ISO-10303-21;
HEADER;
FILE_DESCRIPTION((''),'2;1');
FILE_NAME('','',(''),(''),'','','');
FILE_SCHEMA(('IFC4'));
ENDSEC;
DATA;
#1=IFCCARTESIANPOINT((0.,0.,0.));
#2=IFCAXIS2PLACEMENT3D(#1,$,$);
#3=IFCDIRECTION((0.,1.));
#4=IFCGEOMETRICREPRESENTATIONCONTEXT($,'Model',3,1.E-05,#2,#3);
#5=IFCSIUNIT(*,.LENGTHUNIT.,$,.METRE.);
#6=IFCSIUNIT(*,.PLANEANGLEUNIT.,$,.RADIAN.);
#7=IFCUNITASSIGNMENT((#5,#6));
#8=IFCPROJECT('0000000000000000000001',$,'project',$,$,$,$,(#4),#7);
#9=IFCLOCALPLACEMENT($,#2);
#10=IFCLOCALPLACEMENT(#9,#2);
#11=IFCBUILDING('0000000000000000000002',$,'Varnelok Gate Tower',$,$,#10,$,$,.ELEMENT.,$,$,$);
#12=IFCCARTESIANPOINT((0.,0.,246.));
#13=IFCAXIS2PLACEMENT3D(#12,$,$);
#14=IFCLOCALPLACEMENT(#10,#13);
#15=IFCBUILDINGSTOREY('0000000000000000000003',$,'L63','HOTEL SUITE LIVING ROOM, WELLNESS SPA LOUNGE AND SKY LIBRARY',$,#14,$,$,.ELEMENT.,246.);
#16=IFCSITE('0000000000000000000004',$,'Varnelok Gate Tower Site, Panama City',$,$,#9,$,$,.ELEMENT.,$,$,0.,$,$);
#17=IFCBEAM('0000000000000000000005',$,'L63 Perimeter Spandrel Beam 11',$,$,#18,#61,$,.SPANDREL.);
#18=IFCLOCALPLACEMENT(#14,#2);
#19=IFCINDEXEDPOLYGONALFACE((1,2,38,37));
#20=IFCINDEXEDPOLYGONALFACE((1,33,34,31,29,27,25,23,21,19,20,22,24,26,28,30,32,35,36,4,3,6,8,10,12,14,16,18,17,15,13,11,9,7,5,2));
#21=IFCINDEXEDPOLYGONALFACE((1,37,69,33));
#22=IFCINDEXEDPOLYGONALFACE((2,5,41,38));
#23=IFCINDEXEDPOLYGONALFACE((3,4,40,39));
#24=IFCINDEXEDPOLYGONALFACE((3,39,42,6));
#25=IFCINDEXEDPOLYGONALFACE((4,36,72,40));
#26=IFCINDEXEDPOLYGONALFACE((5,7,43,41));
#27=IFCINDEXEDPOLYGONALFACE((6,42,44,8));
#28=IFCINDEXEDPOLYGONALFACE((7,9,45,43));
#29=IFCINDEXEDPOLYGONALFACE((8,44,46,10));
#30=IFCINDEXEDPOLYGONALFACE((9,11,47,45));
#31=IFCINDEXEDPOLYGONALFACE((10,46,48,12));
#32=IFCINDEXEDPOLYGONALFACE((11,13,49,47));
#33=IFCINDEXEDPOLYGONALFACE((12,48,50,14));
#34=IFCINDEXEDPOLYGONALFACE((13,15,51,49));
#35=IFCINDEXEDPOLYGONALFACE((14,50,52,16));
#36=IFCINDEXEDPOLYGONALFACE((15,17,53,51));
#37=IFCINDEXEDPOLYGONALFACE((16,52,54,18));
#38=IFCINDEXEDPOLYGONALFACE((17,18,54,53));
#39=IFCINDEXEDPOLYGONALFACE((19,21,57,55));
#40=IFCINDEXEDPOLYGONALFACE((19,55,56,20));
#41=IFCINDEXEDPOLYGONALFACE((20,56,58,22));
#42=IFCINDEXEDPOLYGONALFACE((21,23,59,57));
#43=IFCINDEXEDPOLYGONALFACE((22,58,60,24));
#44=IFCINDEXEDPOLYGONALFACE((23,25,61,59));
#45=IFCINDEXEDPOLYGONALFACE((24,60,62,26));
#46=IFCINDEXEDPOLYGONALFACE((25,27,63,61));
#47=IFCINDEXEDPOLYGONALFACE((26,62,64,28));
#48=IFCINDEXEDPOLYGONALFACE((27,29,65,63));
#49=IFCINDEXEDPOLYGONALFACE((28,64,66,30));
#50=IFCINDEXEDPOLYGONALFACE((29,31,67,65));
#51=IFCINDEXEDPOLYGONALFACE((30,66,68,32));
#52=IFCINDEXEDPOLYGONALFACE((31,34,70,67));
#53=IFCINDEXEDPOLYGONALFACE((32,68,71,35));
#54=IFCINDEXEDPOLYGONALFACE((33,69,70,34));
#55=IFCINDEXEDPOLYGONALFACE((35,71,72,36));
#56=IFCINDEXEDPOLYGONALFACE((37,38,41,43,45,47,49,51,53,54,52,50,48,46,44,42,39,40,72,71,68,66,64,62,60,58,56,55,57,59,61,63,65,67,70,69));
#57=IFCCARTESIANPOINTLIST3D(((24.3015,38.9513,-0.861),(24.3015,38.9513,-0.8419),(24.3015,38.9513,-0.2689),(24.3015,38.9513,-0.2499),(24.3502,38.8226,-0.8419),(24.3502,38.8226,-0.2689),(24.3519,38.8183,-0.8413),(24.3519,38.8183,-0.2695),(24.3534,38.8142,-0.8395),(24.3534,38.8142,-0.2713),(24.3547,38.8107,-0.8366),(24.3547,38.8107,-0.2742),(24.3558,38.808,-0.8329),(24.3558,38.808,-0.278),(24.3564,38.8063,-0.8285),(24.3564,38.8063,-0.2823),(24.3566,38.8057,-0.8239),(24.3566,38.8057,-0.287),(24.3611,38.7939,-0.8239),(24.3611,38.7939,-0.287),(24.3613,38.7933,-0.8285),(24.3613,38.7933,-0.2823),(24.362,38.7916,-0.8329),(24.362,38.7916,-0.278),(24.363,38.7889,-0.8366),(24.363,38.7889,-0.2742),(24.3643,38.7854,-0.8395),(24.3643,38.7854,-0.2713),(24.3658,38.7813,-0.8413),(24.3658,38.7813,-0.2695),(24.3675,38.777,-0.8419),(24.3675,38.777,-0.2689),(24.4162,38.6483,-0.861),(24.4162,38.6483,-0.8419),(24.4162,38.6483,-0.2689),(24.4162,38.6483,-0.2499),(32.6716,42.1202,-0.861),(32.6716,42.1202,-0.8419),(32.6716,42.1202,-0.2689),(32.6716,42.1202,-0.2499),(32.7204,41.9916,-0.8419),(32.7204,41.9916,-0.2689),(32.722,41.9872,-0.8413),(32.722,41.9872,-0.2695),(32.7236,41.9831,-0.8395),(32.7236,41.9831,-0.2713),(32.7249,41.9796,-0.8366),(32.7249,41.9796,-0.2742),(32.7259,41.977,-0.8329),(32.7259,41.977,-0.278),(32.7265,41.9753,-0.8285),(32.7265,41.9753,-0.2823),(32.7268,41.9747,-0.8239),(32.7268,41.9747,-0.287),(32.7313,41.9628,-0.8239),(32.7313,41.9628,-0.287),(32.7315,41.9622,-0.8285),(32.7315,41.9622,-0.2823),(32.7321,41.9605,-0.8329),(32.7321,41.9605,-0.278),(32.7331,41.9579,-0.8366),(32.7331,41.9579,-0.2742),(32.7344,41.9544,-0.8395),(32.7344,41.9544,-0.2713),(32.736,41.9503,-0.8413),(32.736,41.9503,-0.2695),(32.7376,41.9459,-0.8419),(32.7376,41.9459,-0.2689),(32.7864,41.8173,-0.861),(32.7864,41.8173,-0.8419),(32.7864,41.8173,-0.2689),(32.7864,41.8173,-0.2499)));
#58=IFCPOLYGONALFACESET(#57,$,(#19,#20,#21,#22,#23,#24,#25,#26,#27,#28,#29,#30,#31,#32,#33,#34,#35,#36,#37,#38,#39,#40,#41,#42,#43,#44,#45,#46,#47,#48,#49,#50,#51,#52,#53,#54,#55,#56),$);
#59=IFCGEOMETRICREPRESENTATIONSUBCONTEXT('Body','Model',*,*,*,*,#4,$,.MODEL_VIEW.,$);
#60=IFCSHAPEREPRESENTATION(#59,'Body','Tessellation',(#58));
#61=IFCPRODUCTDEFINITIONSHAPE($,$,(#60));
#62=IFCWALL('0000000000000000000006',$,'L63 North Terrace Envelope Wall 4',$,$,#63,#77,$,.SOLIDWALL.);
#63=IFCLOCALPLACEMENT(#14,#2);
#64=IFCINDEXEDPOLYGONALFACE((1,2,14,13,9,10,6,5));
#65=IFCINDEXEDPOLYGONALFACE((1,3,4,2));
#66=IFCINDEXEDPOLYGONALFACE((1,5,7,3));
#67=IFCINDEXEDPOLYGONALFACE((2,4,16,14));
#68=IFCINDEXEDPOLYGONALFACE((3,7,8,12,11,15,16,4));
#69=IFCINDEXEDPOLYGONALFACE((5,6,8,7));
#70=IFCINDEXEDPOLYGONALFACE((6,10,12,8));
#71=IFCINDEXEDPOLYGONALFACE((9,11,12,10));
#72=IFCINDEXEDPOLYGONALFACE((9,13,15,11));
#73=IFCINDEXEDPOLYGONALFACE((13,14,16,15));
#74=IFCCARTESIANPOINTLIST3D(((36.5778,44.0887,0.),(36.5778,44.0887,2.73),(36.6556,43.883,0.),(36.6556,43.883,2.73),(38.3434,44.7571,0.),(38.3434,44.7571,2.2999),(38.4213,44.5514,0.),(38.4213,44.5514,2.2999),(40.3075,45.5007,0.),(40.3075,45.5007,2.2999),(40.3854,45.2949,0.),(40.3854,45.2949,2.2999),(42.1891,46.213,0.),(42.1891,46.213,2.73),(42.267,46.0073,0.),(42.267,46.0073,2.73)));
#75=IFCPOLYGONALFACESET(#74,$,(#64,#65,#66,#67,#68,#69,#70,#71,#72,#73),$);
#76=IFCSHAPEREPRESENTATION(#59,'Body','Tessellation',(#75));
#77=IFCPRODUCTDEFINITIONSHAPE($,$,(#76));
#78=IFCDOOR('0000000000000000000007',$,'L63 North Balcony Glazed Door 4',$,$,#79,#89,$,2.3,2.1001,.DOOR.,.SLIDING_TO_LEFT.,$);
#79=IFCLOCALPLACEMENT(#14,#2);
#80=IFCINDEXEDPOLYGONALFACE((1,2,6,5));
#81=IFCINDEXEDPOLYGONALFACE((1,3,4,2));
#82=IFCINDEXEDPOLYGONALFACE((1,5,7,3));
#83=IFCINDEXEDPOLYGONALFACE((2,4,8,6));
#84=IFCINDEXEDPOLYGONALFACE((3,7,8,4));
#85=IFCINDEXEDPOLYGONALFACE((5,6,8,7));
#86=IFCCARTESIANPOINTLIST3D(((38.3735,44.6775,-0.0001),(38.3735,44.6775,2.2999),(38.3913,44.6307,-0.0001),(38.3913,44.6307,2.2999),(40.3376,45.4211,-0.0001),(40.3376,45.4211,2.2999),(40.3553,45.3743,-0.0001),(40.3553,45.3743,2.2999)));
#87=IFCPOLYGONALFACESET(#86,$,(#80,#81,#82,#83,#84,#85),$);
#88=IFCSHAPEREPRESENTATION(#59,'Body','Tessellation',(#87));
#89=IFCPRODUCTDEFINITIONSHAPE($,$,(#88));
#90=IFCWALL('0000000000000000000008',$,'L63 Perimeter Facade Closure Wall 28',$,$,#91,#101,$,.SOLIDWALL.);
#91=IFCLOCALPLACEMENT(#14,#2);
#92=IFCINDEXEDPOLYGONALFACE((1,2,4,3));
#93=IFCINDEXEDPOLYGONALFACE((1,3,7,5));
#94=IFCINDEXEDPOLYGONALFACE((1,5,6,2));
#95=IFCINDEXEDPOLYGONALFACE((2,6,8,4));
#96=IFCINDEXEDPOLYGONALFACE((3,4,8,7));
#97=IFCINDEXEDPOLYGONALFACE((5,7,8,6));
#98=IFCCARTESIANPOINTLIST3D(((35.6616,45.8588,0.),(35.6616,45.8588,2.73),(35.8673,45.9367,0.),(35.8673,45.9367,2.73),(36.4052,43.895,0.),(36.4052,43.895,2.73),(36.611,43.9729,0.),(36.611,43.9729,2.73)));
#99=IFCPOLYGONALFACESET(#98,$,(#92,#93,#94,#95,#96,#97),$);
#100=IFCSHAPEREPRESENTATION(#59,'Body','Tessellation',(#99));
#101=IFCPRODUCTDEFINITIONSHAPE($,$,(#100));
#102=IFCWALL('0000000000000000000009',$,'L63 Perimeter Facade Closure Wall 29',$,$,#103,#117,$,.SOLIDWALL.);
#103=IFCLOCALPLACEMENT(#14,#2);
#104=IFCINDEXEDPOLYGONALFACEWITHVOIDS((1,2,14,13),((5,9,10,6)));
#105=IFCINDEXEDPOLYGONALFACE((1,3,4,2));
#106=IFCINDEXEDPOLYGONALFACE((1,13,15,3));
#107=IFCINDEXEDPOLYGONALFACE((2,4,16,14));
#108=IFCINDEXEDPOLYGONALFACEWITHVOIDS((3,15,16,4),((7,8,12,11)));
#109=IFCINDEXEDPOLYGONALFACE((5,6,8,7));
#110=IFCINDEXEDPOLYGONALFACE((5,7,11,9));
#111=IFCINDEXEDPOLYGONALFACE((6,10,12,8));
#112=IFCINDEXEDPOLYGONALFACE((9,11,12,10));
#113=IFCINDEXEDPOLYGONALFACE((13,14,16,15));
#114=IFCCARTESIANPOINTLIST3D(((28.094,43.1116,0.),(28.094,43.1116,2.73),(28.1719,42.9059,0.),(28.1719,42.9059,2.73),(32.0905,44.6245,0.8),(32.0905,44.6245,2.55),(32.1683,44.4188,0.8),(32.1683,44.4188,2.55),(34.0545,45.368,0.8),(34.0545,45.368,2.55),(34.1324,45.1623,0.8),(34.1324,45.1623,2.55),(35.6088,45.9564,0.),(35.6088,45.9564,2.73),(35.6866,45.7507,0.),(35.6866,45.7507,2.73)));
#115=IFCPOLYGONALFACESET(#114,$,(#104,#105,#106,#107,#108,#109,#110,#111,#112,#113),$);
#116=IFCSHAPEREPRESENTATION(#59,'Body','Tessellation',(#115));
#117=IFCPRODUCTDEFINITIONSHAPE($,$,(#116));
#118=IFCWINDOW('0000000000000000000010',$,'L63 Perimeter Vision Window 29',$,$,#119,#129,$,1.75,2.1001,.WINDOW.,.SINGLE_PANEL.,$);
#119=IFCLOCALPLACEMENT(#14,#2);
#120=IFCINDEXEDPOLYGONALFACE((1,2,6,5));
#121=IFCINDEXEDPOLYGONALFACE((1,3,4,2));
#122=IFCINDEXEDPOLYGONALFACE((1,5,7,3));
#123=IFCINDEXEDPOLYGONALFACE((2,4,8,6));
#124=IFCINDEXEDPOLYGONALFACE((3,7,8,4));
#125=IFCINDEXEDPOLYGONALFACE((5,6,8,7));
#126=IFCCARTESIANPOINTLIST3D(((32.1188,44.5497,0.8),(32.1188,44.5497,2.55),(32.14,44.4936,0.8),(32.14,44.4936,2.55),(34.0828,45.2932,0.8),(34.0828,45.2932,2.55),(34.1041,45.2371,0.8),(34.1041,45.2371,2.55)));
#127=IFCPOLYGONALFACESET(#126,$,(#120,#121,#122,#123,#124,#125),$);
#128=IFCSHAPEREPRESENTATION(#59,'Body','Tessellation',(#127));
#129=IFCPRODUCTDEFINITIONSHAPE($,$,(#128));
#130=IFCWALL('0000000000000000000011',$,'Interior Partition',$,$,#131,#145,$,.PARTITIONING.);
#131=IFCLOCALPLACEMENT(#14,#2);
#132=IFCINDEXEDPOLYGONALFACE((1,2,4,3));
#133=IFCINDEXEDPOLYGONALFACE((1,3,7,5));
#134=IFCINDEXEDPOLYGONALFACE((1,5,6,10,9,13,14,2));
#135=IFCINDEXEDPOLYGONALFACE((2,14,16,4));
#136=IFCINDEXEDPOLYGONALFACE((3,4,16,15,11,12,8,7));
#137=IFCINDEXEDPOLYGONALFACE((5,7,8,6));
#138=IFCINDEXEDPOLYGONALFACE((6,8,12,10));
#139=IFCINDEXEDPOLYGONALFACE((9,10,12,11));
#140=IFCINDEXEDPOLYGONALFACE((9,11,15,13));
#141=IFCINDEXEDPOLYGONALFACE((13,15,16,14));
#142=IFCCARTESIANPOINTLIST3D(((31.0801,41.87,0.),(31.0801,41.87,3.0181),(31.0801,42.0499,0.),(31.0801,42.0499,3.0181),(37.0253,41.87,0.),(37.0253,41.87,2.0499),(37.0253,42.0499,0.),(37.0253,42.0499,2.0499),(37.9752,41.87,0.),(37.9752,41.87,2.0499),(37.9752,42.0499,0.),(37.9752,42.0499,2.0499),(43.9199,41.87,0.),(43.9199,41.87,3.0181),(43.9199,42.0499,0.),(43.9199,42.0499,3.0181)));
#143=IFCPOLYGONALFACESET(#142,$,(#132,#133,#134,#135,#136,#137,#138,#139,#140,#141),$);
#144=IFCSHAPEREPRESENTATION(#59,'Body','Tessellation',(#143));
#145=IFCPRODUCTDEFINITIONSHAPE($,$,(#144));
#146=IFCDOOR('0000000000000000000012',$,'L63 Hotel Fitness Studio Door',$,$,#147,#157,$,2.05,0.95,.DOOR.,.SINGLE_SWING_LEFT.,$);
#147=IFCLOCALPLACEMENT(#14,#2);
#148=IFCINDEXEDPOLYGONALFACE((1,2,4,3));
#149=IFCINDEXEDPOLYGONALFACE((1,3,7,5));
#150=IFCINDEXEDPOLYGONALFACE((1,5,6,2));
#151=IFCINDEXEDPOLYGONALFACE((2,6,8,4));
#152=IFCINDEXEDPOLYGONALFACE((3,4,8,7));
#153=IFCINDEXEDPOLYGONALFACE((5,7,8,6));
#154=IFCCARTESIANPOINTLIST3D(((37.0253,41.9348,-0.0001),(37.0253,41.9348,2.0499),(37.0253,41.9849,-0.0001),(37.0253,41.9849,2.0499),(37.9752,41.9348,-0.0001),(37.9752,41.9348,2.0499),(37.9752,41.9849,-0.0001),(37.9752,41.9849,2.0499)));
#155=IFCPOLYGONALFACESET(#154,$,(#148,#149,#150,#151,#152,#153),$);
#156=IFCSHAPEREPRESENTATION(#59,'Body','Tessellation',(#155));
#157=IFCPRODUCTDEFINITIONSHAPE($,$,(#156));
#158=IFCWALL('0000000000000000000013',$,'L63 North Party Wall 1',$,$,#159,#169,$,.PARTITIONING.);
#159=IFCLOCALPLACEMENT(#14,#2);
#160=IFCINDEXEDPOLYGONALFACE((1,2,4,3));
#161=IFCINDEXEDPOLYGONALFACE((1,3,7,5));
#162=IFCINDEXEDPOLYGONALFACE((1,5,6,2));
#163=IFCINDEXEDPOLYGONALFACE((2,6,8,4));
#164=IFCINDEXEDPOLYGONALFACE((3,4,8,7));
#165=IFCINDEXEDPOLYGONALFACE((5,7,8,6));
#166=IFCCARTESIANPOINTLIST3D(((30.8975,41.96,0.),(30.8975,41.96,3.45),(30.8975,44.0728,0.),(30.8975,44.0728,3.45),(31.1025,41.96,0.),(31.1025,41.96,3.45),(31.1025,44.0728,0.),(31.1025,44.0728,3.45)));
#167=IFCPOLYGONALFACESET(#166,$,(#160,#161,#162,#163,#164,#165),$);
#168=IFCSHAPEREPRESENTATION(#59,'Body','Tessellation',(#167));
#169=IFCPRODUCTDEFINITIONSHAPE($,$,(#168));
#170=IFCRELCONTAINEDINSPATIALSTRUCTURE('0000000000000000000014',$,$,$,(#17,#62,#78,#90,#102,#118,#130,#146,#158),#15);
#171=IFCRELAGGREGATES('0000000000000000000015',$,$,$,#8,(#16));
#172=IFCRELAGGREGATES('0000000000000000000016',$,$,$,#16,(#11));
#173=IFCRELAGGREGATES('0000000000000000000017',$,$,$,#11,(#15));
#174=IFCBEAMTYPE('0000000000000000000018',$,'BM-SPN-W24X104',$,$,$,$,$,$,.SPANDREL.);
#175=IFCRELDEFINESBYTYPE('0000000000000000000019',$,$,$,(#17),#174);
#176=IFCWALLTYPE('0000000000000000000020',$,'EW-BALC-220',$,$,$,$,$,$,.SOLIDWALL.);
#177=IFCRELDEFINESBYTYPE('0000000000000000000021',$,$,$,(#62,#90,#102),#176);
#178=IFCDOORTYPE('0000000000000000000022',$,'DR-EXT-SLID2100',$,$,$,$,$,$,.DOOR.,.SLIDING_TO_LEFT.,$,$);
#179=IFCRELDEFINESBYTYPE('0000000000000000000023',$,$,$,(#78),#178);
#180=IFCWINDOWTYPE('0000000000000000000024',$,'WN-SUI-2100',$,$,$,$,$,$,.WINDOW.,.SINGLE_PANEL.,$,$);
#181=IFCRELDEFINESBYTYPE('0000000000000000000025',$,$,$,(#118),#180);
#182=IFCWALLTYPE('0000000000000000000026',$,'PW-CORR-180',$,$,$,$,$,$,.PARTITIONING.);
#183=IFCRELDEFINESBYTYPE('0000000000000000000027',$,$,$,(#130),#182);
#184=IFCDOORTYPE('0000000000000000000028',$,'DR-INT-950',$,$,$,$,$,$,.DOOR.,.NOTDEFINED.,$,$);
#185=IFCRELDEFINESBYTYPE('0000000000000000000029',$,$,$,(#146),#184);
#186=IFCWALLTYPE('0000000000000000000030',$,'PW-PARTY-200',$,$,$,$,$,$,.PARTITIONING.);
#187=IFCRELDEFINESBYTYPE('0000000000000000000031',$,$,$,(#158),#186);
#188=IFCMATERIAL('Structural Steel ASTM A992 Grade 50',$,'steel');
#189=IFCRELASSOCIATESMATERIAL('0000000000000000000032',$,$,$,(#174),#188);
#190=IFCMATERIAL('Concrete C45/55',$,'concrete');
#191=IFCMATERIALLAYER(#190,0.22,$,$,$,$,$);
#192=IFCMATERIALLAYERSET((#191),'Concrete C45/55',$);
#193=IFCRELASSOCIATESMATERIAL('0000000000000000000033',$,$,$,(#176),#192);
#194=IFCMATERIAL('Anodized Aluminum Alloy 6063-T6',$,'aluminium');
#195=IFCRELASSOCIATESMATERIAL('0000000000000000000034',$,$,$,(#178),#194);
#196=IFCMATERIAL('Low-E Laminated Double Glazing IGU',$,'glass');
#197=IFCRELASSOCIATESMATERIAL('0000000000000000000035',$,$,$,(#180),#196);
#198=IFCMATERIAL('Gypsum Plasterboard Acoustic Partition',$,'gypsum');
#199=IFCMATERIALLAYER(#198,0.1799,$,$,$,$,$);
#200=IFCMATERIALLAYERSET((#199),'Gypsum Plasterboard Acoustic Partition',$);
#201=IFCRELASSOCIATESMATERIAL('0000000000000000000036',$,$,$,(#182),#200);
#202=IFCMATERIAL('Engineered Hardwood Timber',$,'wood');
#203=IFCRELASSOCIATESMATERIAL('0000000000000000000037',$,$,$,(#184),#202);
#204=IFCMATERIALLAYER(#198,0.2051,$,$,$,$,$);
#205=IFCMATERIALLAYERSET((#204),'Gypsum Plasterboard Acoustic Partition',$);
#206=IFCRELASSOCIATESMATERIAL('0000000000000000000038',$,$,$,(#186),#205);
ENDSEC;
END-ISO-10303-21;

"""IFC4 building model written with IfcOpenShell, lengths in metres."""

from ifc_helpers import new_model, si_unit, direction, frame, frame_2d, origin, origin_2d, place, context, subcontext, project, spatial, rectangle, i_section, extrude, material, layer, layer_set, material_profile, profile_set, type_object, element, fill, save


model = new_model("IFC4")

# Units and contexts
model_context = context("Model", 3, precision=1e-05, world=origin(), true_north=direction((0.0, 1.0)))
body_context = subcontext(model_context, "Body", "Model", "MODEL_VIEW")
ifc_project = project(units=[si_unit("LENGTHUNIT", "METRE"), si_unit("PLANEANGLEUNIT", "RADIAN")], contexts=[model_context])

# Site, building, storey
site_placement = place(None, origin())
site = spatial("IfcSite", under=ifc_project, at=site_placement, Name="Varnelok Gate Tower Site, Panama City", CompositionType="ELEMENT", RefElevation=0.0)
building_placement = place(site_placement, origin())
building = spatial("IfcBuilding", under=site, at=building_placement, Name="Varnelok Gate Tower", CompositionType="ELEMENT")
storey_placement = place(building_placement, frame((0.0, 0.0, 246.0)))
storey = spatial("IfcBuildingStorey", under=building, at=storey_placement, Name="L63", Description="HOTEL SUITE LIVING ROOM, WELLNESS SPA LOUNGE AND SKY LIBRARY", CompositionType="ELEMENT", Elevation=246.0)

# Shared definitions
ifc_material_1 = material(Name="Structural Steel ASTM A992 Grade 50", Category="steel")

# Beam
ifc_material_profile_1 = material_profile(ifc_material_1, i_section(OverallWidth=0.324, OverallDepth=0.6111, WebThickness=0.0127, FlangeThickness=0.019, FilletRadius=0.0181, at=origin_2d()), Name="W24X104")
ifc_profile_set_1 = profile_set([ifc_material_profile_1], Name="Structural Steel ASTM A992 Grade 50")
beam_type_1 = type_object("IfcBeamType", Name="BM-SPN-W24X104", PredefinedType="SPANDREL", material=ifc_profile_set_1)
beam_1_placement = place(storey_placement, frame((32.729, 41.9688, -0.5554), z_axis=(-0.935217, -0.354075, 0.0), x_axis=(0.354075, -0.935217, 0.0)))
element("IfcBeam", 1, at=beam_1_placement, inside=storey, type_object=beam_type_1, Name="L63 Perimeter Spandrel Beam 11", PredefinedType="SPANDREL", context=body_context, shape_type="SweptSolid", body=[
    extrude(i_section(OverallWidth=0.324, OverallDepth=0.6111, WebThickness=0.0127, FlangeThickness=0.019, FilletRadius=0.0181, at=origin_2d()), origin(), (0.0, 0.0, 1.0), 8.95),
])

# Wall, opening, door
ifc_material_2 = material(Name="Concrete C45/55", Category="concrete")
ifc_layer_1 = layer(ifc_material_2, 0.22)
ifc_layer_set_1 = layer_set([ifc_layer_1], Name="Concrete C45/55")
wall_type_1 = type_object("IfcWallType", Name="EW-BALC-220", PredefinedType="SOLIDWALL", material=ifc_layer_set_1)
wall_1_placement = place(storey_placement, frame((36.6167, 43.9858, 0.0), z_axis=(0.0, 0.0, 1.0), x_axis=(0.935228, 0.354047, 0.0)))
wall_1 = element("IfcWall", 2, at=wall_1_placement, inside=storey, type_object=wall_type_1, Name="L63 North Terrace Envelope Wall 4", PredefinedType="SOLIDWALL", context=body_context, shape_type="SweptSolid", body=[
    extrude(rectangle(XDim=6.0, YDim=0.22, at=frame_2d((3.0, 0.0))), origin(), (0.0, 0.0, 1.0), 2.73),
])
opening_1_placement = place(wall_1_placement, frame((1.8879, 0.0, 0.0)))
opening_1 = element("IfcOpeningElement", 3, at=opening_1_placement, cuts=wall_1, PredefinedType="OPENING", context=body_context, shape_type="SweptSolid", body=[
    extrude(rectangle(XDim=2.1001, YDim=2.3, at=frame_2d((1.05, 1.1499))), frame((0.0, 0.1199, 0.0), z_axis=(0.0, -1.0, 0.0), x_axis=(1.0, 0.0, 0.0)), (0.0, 0.0, 1.0), 0.24),
])
ifc_material_3 = material(Name="Anodized Aluminum Alloy 6063-T6", Category="aluminium")
door_type_1 = type_object("IfcDoorType", Name="DR-EXT-SLID2100", OperationType="SLIDING_TO_LEFT", PredefinedType="DOOR", material=ifc_material_3)
door_1_placement = place(opening_1_placement, origin())
door_1 = element("IfcDoor", 4, at=door_1_placement, inside=storey, type_object=door_type_1, Name="L63 North Balcony Glazed Door 4", OperationType="SLIDING_TO_LEFT", OverallHeight=2.3, OverallWidth=2.1001, PredefinedType="DOOR", context=body_context, shape_type="SweptSolid", body=[
    extrude(rectangle(XDim=2.1001, YDim=2.3, at=frame_2d((1.05, 1.1499))), frame((0.0, 0.0249, 0.0), z_axis=(0.0, -1.0, 0.0), x_axis=(1.0, 0.0, 0.0)), (0.0, 0.0, 1.0), 0.05),
])
fill(opening_1, door_1)

# Wall
wall_2_placement = place(storey_placement, frame((36.5081, 43.9341, 0.0), z_axis=(0.0, 0.0, 1.0), x_axis=(-0.354128, 0.935197, 0.0)))
element("IfcWall", 5, at=wall_2_placement, inside=storey, type_object=wall_type_1, Name="L63 Perimeter Facade Closure Wall 28", PredefinedType="SOLIDWALL", context=body_context, shape_type="SweptSolid", body=[
    extrude(rectangle(XDim=2.0999, YDim=0.22, at=frame_2d((1.0498, 0.0))), origin(), (0.0, 0.0, 1.0), 2.73),
])

# Wall, opening, window
wall_3_placement = place(storey_placement, frame((35.6477, 45.8535, 0.0), z_axis=(0.0, 0.0, 1.0), x_axis=(-0.935231, -0.354039, 0.0)))
wall_3 = element("IfcWall", 6, at=wall_3_placement, inside=storey, type_object=wall_type_1, Name="L63 Perimeter Facade Closure Wall 29", PredefinedType="SOLIDWALL", context=body_context, shape_type="SweptSolid", body=[
    extrude(rectangle(XDim=8.0352, YDim=0.22, at=frame_2d((4.0176, 0.0))), origin(), (0.0, 0.0, 1.0), 2.73),
])
opening_2_placement = place(wall_3_placement, frame((1.6619, 0.0, 0.8)))
opening_2 = element("IfcOpeningElement", 7, at=opening_2_placement, cuts=wall_3, PredefinedType="OPENING", context=body_context, shape_type="SweptSolid", body=[
    extrude(rectangle(XDim=2.1001, YDim=1.75, at=frame_2d((1.05, 0.875))), frame((0.0, 0.1199, 0.0), z_axis=(0.0, -1.0, 0.0), x_axis=(1.0, 0.0, 0.0)), (0.0, 0.0, 1.0), 0.24),
])
ifc_material_4 = material(Name="Low-E Laminated Double Glazing IGU", Category="glass")
window_type = type_object("IfcWindowType", Name="WN-SUI-2100", PartitioningType="SINGLE_PANEL", PredefinedType="WINDOW", material=ifc_material_4)
window_placement = place(opening_2_placement, origin())
window = element("IfcWindow", 8, at=window_placement, inside=storey, type_object=window_type, Name="L63 Perimeter Vision Window 29", OverallHeight=1.75, OverallWidth=2.1001, PartitioningType="SINGLE_PANEL", PredefinedType="WINDOW", context=body_context, shape_type="SweptSolid", body=[
    extrude(rectangle(XDim=2.1001, YDim=1.75, at=frame_2d((1.05, 0.875))), frame((0.0, 0.03, 0.0), z_axis=(0.0, -1.0, 0.0), x_axis=(1.0, 0.0, 0.0)), (0.0, 0.0, 1.0), 0.0601),
])
fill(opening_2, window)

# Wall, opening, door
ifc_material_5 = material(Name="Gypsum Plasterboard Acoustic Partition", Category="gypsum")
ifc_layer_2 = layer(ifc_material_5, 0.1799)
ifc_layer_set_2 = layer_set([ifc_layer_2], Name="Gypsum Plasterboard Acoustic Partition")
wall_type_2 = type_object("IfcWallType", Name="PW-CORR-180", PredefinedType="PARTITIONING", material=ifc_layer_set_2)
wall_4_placement = place(storey_placement, frame((31.0801, 41.96, 0.0), z_axis=(0.0, 0.0, 1.0), x_axis=(1.0, 0.0, 0.0)))
wall_4 = element("IfcWall", 9, at=wall_4_placement, inside=storey, type_object=wall_type_2, Name="Interior Partition", PredefinedType="PARTITIONING", context=body_context, shape_type="SweptSolid", body=[
    extrude(rectangle(XDim=12.8398, YDim=0.1799, at=frame_2d((6.4199, 0.0))), origin(), (0.0, 0.0, 1.0), 3.0181),
])
opening_3_placement = place(wall_4_placement, frame((5.9451, 0.0, 0.0)))
opening_3 = element("IfcOpeningElement", 10, at=opening_3_placement, cuts=wall_4, PredefinedType="OPENING", context=body_context, shape_type="SweptSolid", body=[
    extrude(rectangle(XDim=0.95, YDim=2.05, at=frame_2d((0.4751, 1.0249))), frame((0.0, 0.0999, 0.0), z_axis=(0.0, -1.0, 0.0), x_axis=(1.0, 0.0, 0.0)), (0.0, 0.0, 1.0), 0.2),
])
ifc_material_6 = material(Name="Engineered Hardwood Timber", Category="wood")
door_type_2 = type_object("IfcDoorType", Name="DR-INT-950", OperationType="NOTDEFINED", PredefinedType="DOOR", material=ifc_material_6)
door_2_placement = place(opening_3_placement, origin())
door_2 = element("IfcDoor", 11, at=door_2_placement, inside=storey, type_object=door_type_2, Name="L63 Hotel Fitness Studio Door", OperationType="SINGLE_SWING_LEFT", OverallHeight=2.05, OverallWidth=0.95, PredefinedType="DOOR", context=body_context, shape_type="SweptSolid", body=[
    extrude(rectangle(XDim=0.95, YDim=2.05, at=frame_2d((0.4751, 1.0249))), frame((0.0, 0.0249, 0.0), z_axis=(0.0, -1.0, 0.0), x_axis=(1.0, 0.0, 0.0)), (0.0, 0.0, 1.0), 0.05),
])
fill(opening_3, door_2)

# Wall
ifc_layer_3 = layer(ifc_material_5, 0.2051)
ifc_layer_set_3 = layer_set([ifc_layer_3], Name="Gypsum Plasterboard Acoustic Partition")
wall_type_3 = type_object("IfcWallType", Name="PW-PARTY-200", PredefinedType="PARTITIONING", material=ifc_layer_set_3)
wall_5_placement = place(storey_placement, frame((31.0, 41.96, 0.0), z_axis=(0.0, 0.0, 1.0), x_axis=(0.0, 1.0, 0.0)))
element("IfcWall", 12, at=wall_5_placement, inside=storey, type_object=wall_type_3, Name="L63 North Party Wall 1", PredefinedType="PARTITIONING", context=body_context, shape_type="SweptSolid", body=[
    extrude(rectangle(XDim=2.1128, YDim=0.2051, at=frame_2d((1.0564, 0.0))), origin(), (0.0, 0.0, 1.0), 3.45),
])

save(model, "model.ifc")
